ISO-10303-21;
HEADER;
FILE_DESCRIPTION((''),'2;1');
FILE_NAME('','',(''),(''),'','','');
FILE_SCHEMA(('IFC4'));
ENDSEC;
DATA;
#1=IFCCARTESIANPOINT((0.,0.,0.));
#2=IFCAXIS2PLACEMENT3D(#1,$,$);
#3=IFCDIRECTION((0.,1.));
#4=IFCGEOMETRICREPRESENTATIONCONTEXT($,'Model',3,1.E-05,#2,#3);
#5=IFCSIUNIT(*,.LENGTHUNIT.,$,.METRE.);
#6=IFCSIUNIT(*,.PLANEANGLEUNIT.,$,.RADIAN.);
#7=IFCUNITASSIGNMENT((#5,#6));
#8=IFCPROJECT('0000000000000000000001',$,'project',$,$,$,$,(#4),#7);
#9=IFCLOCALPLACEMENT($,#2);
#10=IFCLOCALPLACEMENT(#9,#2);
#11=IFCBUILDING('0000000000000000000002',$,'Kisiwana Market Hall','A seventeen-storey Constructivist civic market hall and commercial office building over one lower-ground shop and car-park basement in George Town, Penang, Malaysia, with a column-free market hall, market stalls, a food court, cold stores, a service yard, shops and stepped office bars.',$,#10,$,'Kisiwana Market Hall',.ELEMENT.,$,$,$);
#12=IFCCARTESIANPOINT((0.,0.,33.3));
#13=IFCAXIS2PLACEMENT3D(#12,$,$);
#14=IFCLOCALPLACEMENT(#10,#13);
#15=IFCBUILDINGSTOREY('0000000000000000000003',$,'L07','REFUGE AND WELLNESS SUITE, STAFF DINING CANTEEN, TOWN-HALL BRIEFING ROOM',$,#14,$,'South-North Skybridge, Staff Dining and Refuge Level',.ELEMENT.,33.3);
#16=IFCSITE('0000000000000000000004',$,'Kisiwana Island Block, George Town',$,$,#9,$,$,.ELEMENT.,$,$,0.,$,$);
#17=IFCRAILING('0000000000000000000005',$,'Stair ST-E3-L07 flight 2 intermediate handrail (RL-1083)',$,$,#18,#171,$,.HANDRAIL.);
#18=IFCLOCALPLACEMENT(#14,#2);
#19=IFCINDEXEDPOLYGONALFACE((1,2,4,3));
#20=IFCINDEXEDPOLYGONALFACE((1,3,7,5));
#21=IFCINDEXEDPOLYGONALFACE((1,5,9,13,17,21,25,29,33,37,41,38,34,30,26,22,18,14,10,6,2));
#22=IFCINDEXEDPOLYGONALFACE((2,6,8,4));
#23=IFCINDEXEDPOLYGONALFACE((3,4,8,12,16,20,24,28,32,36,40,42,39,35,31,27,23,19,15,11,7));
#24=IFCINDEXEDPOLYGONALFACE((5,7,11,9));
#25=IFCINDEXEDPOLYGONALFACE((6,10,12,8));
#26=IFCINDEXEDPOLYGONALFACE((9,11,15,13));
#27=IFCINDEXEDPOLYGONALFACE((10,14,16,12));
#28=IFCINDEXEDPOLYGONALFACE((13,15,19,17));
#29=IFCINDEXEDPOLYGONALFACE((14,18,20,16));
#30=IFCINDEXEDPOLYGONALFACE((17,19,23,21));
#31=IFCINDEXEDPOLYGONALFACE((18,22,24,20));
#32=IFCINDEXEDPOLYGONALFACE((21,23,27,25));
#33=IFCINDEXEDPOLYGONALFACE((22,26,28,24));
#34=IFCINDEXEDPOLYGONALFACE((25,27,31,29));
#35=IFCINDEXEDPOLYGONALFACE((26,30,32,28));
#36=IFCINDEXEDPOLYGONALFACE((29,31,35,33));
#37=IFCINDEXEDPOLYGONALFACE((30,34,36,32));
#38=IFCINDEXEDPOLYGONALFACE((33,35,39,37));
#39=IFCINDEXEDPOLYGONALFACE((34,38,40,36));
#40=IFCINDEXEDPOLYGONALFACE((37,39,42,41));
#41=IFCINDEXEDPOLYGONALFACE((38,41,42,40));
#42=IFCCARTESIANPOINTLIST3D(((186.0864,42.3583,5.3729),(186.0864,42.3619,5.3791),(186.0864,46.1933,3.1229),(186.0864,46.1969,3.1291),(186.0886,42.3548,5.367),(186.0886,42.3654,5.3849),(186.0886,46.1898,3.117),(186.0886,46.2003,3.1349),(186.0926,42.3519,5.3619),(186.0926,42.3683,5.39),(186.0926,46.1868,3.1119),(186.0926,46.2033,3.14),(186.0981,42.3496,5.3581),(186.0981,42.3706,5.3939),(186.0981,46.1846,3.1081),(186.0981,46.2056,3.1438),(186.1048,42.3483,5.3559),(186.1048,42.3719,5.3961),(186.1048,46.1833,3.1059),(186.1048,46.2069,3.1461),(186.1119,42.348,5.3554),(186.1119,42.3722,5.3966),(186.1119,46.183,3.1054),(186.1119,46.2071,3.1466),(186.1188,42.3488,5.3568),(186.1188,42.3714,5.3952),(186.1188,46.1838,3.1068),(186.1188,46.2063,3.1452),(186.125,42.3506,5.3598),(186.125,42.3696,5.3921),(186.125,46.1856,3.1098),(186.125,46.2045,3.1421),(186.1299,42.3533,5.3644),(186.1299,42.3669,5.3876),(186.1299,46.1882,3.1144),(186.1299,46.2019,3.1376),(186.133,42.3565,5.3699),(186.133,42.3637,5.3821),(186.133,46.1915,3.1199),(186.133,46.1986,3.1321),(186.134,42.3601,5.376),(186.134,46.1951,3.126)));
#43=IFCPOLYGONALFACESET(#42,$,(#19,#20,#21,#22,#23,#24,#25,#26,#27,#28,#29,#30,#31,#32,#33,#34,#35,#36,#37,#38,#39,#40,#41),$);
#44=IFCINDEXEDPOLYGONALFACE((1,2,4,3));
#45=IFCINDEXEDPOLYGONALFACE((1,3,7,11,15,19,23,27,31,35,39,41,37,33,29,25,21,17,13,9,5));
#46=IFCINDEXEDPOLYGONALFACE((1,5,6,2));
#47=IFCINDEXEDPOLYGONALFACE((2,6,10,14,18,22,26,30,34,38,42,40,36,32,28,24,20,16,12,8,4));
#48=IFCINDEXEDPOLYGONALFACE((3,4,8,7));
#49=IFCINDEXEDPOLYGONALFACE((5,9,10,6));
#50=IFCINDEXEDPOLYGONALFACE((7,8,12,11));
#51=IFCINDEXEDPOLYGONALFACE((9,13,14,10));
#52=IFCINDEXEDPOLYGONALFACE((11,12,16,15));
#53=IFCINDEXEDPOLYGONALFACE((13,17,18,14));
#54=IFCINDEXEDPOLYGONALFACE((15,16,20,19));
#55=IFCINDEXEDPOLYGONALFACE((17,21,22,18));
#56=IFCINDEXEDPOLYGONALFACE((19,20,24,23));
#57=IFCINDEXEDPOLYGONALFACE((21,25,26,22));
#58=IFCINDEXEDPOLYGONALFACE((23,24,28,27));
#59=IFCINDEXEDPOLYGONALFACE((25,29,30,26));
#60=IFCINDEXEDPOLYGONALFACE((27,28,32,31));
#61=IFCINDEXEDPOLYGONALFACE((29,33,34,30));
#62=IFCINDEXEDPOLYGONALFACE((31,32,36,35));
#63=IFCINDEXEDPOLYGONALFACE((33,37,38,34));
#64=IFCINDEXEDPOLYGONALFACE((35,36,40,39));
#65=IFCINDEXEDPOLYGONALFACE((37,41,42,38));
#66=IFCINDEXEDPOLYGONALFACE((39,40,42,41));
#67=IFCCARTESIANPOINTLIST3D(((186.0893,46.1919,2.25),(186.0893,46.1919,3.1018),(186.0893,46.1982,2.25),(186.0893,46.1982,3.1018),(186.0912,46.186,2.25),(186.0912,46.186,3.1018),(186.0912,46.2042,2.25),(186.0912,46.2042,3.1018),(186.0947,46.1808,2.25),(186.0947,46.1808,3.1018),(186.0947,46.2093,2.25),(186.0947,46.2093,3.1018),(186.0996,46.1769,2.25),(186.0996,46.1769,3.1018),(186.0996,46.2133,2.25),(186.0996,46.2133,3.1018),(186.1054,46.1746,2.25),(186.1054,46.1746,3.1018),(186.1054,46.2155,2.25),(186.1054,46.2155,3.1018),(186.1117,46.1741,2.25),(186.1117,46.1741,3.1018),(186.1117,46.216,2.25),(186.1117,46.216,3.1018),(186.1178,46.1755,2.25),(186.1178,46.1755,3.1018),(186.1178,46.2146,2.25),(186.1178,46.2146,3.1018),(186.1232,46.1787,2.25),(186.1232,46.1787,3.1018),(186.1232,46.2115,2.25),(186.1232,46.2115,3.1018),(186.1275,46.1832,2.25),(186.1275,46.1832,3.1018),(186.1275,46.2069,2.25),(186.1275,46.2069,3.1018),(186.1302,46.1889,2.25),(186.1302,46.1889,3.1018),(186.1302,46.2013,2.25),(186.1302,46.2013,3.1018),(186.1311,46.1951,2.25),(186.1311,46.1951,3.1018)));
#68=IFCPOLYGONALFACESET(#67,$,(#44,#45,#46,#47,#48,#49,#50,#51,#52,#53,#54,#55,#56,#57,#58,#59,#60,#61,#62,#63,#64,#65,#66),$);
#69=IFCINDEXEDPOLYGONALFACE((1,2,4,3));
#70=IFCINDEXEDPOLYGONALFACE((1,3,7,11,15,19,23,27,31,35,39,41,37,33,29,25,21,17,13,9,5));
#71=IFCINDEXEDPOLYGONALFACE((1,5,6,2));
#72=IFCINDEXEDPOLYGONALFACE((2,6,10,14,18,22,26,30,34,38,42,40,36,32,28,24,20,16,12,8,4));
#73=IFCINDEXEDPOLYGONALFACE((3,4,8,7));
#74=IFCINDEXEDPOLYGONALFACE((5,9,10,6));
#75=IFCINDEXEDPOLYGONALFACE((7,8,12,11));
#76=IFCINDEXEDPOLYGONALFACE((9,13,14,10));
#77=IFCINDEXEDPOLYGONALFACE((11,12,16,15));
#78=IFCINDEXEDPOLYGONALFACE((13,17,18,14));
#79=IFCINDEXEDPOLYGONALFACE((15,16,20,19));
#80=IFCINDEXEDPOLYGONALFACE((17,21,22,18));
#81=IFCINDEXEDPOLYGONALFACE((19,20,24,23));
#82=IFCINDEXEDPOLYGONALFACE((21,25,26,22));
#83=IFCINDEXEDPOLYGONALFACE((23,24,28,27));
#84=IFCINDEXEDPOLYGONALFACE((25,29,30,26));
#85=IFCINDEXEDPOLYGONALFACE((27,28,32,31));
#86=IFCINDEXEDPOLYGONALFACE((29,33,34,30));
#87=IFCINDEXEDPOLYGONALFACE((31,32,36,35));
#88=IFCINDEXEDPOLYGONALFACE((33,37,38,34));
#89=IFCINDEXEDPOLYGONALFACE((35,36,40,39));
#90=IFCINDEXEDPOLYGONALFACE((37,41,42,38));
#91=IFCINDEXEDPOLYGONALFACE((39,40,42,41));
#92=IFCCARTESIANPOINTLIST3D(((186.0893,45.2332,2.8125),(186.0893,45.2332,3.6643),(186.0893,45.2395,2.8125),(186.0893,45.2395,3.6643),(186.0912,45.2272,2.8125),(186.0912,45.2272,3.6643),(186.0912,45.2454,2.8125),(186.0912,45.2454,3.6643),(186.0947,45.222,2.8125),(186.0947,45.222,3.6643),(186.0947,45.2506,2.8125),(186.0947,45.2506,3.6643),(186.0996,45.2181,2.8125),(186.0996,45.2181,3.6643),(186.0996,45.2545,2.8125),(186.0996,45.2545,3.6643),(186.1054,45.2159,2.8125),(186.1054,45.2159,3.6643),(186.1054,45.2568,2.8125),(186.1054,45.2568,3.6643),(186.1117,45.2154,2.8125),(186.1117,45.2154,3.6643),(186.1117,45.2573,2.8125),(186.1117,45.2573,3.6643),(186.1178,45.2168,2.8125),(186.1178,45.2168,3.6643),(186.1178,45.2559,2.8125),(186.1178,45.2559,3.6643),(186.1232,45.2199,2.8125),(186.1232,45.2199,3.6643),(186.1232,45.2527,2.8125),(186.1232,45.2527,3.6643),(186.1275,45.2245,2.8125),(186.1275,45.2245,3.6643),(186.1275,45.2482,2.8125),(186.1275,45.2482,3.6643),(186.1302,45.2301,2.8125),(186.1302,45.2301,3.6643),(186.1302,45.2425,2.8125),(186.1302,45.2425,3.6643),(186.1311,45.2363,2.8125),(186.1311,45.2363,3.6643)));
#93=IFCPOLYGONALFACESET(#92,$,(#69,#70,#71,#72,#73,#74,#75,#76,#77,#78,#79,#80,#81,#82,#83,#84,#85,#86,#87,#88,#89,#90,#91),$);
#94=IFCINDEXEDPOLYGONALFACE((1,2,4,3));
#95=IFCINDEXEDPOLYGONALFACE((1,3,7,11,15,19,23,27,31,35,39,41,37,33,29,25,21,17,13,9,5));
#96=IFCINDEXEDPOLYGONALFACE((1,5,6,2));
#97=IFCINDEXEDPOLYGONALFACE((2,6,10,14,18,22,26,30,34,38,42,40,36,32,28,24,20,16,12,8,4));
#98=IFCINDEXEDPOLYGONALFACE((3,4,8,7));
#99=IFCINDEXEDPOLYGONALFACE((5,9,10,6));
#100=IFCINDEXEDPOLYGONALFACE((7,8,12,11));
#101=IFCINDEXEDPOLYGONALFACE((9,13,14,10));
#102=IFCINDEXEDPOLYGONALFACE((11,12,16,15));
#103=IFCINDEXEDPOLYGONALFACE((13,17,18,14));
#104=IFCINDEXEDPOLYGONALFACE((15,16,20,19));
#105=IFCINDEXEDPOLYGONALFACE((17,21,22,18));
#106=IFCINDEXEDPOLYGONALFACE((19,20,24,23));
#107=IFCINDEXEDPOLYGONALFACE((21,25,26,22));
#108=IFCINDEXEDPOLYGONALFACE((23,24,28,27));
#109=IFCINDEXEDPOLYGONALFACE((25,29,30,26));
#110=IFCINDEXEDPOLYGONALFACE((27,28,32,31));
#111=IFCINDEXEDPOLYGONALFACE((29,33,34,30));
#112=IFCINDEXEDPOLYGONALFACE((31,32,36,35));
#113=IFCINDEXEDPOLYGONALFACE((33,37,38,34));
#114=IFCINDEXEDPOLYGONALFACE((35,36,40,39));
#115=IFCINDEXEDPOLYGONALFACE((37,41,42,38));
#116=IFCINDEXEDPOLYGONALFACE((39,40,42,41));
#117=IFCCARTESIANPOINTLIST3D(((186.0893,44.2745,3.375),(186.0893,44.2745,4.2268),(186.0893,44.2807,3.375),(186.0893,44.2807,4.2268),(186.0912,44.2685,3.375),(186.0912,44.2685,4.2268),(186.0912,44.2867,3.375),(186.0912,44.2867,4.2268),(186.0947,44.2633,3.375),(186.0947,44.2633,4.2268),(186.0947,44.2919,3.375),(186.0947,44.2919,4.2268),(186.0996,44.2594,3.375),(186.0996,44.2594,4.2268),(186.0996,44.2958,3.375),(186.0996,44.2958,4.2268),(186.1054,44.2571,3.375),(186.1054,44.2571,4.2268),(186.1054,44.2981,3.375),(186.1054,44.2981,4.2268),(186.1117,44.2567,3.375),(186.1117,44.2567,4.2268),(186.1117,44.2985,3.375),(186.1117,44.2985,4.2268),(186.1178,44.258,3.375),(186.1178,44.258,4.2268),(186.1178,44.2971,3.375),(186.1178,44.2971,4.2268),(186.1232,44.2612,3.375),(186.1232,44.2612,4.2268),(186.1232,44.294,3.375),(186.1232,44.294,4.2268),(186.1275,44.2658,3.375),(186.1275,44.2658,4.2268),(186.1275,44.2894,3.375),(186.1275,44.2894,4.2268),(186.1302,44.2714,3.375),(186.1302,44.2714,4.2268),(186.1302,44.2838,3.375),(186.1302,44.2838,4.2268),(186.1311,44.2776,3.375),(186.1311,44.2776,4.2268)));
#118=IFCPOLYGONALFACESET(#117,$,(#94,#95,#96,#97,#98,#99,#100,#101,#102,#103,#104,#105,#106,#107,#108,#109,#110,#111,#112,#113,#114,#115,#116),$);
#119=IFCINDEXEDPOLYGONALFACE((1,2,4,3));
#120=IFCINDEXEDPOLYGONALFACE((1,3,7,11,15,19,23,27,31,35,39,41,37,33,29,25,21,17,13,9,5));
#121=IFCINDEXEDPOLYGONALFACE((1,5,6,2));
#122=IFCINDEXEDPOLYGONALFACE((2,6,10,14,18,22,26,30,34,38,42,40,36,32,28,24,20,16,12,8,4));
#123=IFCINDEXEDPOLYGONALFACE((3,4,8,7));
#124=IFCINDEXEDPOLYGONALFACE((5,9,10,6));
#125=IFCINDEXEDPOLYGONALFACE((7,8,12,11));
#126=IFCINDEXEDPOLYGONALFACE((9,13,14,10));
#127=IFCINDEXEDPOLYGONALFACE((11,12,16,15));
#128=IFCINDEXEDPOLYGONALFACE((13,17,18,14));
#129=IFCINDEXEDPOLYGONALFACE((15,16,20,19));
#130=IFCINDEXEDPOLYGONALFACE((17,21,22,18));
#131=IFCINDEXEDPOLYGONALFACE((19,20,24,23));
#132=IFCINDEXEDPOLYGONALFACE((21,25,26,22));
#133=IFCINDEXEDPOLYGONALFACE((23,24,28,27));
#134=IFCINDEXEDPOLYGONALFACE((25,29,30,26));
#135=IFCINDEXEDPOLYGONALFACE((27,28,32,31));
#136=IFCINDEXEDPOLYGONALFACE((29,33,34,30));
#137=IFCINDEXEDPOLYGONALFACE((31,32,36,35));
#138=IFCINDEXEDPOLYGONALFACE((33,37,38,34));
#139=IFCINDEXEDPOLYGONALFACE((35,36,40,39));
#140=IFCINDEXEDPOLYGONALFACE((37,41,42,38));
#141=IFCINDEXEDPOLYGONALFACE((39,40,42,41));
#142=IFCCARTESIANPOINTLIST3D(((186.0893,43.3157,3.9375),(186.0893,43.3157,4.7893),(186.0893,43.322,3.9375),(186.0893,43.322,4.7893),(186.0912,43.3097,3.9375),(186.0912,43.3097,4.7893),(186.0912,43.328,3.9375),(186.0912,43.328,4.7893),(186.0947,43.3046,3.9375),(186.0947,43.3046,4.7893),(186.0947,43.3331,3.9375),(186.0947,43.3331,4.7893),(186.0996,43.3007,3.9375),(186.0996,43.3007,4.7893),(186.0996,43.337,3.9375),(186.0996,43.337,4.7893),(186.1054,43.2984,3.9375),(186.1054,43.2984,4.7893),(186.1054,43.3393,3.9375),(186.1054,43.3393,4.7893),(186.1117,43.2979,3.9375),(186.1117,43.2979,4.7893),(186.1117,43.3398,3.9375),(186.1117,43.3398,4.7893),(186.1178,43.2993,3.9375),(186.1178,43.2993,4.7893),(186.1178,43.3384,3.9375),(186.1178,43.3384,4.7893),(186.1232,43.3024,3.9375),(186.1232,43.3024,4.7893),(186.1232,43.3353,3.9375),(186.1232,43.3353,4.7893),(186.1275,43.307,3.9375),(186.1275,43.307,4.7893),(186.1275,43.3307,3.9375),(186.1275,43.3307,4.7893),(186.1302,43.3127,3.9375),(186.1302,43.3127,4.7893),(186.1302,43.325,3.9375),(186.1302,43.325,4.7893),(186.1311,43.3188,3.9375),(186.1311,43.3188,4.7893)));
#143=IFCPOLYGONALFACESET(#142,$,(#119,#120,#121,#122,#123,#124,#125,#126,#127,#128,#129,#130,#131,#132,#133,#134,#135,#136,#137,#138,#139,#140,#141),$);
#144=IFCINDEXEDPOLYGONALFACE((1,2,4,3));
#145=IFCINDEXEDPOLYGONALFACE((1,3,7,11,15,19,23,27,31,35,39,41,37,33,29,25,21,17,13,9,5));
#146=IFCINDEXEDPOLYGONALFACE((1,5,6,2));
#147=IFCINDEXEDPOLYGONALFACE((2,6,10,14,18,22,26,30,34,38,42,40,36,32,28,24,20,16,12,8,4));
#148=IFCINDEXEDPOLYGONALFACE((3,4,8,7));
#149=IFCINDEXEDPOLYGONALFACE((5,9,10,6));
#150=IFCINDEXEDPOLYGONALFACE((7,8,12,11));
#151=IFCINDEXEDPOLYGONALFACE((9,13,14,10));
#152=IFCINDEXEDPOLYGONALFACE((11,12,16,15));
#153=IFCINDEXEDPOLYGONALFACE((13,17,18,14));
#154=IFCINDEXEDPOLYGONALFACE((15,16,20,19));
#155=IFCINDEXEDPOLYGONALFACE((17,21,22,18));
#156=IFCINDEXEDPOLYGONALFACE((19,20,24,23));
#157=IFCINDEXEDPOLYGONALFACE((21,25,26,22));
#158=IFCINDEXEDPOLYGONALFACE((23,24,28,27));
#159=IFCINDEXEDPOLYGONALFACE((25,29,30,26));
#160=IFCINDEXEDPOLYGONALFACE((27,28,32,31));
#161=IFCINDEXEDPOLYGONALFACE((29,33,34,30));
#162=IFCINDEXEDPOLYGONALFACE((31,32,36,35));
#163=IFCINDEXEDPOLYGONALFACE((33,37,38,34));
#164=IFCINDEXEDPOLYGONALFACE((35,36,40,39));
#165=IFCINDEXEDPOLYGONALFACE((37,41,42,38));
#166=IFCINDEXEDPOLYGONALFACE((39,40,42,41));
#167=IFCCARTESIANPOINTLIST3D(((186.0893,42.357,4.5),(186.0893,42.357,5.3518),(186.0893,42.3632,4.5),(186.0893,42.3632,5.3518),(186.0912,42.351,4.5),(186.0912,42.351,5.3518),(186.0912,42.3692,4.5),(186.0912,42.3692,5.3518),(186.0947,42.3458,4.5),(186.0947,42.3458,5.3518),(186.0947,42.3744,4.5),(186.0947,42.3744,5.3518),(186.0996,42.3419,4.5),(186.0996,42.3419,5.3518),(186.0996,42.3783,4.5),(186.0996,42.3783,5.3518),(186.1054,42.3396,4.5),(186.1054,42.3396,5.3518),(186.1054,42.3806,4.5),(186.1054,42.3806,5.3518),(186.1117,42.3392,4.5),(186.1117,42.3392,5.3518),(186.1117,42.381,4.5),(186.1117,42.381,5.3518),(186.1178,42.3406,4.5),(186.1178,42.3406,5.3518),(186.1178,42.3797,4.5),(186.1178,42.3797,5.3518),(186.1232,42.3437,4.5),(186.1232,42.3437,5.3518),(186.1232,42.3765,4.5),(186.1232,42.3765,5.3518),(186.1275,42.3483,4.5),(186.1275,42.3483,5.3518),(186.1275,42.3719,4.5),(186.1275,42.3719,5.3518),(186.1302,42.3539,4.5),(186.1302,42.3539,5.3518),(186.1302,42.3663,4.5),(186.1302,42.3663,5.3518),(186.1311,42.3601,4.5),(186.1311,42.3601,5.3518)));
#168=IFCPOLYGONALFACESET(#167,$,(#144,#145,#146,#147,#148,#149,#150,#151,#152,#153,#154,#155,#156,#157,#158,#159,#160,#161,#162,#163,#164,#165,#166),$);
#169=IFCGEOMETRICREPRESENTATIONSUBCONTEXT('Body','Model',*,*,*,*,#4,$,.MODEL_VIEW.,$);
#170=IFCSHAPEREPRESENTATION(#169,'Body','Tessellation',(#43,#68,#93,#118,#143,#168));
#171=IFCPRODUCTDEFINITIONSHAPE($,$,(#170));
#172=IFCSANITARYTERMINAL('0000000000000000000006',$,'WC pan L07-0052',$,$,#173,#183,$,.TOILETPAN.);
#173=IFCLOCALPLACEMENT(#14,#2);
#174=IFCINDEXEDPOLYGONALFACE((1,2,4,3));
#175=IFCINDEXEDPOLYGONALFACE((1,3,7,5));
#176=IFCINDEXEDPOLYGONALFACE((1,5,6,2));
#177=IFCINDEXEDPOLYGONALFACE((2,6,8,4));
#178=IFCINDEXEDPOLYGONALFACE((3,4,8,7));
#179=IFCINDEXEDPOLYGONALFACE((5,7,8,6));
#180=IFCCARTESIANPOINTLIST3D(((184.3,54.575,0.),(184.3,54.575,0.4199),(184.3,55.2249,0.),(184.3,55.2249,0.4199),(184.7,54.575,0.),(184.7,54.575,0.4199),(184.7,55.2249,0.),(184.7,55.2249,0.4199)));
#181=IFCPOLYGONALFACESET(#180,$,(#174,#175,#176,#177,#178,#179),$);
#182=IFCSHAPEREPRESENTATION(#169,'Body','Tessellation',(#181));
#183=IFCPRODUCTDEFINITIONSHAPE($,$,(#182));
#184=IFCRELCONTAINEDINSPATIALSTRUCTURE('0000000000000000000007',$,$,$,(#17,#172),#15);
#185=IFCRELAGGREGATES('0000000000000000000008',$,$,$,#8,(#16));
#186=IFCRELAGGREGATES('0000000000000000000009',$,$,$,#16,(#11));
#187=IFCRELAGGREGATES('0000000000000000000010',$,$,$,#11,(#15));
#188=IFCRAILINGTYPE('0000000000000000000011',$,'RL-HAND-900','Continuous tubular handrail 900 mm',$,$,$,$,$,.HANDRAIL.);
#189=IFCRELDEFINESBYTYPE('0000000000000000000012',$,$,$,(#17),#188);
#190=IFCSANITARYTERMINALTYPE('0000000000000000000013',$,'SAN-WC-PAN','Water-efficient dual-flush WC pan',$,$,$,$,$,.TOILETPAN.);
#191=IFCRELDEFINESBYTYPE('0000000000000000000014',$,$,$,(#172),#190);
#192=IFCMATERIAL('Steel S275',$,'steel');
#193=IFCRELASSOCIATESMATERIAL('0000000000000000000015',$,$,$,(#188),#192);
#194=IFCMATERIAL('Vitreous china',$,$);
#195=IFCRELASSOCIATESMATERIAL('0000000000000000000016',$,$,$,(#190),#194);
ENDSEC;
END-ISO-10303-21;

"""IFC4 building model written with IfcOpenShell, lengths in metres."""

from ifc_helpers import new_model, si_unit, direction, frame, origin, origin_2d, place, context, subcontext, project, spatial, rectangle, circle, extrude, material, type_object, element, save


model = new_model("IFC4")

# Units and contexts
model_context = context("Model", 3, precision=1e-05, world=origin(), true_north=direction((0.0, 1.0)))
body_context = subcontext(model_context, "Body", "Model", "MODEL_VIEW")
ifc_project = project(units=[si_unit("LENGTHUNIT", "METRE"), si_unit("PLANEANGLEUNIT", "RADIAN")], contexts=[model_context])

# Site, building, storey
site_placement = place(None, origin())
site = spatial("IfcSite", under=ifc_project, at=site_placement, Name="Kisiwana Island Block, George Town", CompositionType="ELEMENT", RefElevation=0.0)
building_placement = place(site_placement, origin())
building = spatial("IfcBuilding", under=site, at=building_placement, Name="Kisiwana Market Hall", Description="A seventeen-storey Constructivist civic market hall and commercial office building over one lower-ground shop and car-park basement in George Town, Penang, Malaysia, with a column-free market hall, market stalls, a food court, cold stores, a service yard, shops and stepped office bars.", LongName="Kisiwana Market Hall", CompositionType="ELEMENT")
storey_placement = place(building_placement, frame((0.0, 0.0, 33.3)))
storey = spatial("IfcBuildingStorey", under=building, at=storey_placement, Name="L07", Description="REFUGE AND WELLNESS SUITE, STAFF DINING CANTEEN, TOWN-HALL BRIEFING ROOM", LongName="South-North Skybridge, Staff Dining and Refuge Level", CompositionType="ELEMENT", Elevation=33.3)

# Railing
ifc_material_1 = material(Name="Steel S275", Category="steel")
railing_type_1 = type_object("IfcRailingType", Name="RL-HAND-900", Description="Continuous tubular handrail 900 mm", PredefinedType="HANDRAIL", material=ifc_material_1)
railing_1_placement = place(storey_placement, frame((186.1101, 46.1951, 2.25)))
element("IfcRailing", 1, at=railing_1_placement, inside=storey, type_object=railing_type_1, Name="Stair ST-E3-L07 flight 2 intermediate handrail (RL-1083)", PredefinedType="HANDRAIL", context=body_context, shape_type="SweptSolid", body=[
    extrude(circle(Radius=0.0239, at=origin_2d()), frame((0.0, 0.0, 0.876), z_axis=(0.0, -0.86251, 0.506041), x_axis=(1.0, 0.0, 0.0)), (0.0, 0.0, 1.0), 4.4463),
    extrude(circle(Radius=0.021, at=origin_2d()), origin(), (0.0, 0.0, 1.0), 0.8518),
    extrude(circle(Radius=0.021, at=origin_2d()), frame((0.0, -0.9587, 0.5625)), (0.0, 0.0, 1.0), 0.8518),
    extrude(circle(Radius=0.021, at=origin_2d()), frame((0.0, -1.9175, 1.125)), (0.0, 0.0, 1.0), 0.8518),
    extrude(circle(Radius=0.021, at=origin_2d()), frame((0.0, -2.8762, 1.6875)), (0.0, 0.0, 1.0), 0.8518),
    extrude(circle(Radius=0.021, at=origin_2d()), frame((0.0, -3.835, 2.25)), (0.0, 0.0, 1.0), 0.8518),
])

# Sanitary terminal
ifc_material_2 = material(Name="Vitreous china")
sanitary_terminal_type = type_object("IfcSanitaryTerminalType", Name="SAN-WC-PAN", Description="Water-efficient dual-flush WC pan", PredefinedType="TOILETPAN", material=ifc_material_2)
sanitary_terminal_placement = place(storey_placement, frame((184.5, 54.8999, 0.0), z_axis=(0.0, 0.0, 1.0), x_axis=(1.0, 0.0, 0.0)))
element("IfcSanitaryTerminal", 2, at=sanitary_terminal_placement, inside=storey, type_object=sanitary_terminal_type, Name="WC pan L07-0052", PredefinedType="TOILETPAN", context=body_context, shape_type="SweptSolid", body=[
    extrude(rectangle(XDim=0.3999, YDim=0.6499, at=origin_2d()), origin(), (0.0, 0.0, 1.0), 0.4199),
])

save(model, "model.ifc")
